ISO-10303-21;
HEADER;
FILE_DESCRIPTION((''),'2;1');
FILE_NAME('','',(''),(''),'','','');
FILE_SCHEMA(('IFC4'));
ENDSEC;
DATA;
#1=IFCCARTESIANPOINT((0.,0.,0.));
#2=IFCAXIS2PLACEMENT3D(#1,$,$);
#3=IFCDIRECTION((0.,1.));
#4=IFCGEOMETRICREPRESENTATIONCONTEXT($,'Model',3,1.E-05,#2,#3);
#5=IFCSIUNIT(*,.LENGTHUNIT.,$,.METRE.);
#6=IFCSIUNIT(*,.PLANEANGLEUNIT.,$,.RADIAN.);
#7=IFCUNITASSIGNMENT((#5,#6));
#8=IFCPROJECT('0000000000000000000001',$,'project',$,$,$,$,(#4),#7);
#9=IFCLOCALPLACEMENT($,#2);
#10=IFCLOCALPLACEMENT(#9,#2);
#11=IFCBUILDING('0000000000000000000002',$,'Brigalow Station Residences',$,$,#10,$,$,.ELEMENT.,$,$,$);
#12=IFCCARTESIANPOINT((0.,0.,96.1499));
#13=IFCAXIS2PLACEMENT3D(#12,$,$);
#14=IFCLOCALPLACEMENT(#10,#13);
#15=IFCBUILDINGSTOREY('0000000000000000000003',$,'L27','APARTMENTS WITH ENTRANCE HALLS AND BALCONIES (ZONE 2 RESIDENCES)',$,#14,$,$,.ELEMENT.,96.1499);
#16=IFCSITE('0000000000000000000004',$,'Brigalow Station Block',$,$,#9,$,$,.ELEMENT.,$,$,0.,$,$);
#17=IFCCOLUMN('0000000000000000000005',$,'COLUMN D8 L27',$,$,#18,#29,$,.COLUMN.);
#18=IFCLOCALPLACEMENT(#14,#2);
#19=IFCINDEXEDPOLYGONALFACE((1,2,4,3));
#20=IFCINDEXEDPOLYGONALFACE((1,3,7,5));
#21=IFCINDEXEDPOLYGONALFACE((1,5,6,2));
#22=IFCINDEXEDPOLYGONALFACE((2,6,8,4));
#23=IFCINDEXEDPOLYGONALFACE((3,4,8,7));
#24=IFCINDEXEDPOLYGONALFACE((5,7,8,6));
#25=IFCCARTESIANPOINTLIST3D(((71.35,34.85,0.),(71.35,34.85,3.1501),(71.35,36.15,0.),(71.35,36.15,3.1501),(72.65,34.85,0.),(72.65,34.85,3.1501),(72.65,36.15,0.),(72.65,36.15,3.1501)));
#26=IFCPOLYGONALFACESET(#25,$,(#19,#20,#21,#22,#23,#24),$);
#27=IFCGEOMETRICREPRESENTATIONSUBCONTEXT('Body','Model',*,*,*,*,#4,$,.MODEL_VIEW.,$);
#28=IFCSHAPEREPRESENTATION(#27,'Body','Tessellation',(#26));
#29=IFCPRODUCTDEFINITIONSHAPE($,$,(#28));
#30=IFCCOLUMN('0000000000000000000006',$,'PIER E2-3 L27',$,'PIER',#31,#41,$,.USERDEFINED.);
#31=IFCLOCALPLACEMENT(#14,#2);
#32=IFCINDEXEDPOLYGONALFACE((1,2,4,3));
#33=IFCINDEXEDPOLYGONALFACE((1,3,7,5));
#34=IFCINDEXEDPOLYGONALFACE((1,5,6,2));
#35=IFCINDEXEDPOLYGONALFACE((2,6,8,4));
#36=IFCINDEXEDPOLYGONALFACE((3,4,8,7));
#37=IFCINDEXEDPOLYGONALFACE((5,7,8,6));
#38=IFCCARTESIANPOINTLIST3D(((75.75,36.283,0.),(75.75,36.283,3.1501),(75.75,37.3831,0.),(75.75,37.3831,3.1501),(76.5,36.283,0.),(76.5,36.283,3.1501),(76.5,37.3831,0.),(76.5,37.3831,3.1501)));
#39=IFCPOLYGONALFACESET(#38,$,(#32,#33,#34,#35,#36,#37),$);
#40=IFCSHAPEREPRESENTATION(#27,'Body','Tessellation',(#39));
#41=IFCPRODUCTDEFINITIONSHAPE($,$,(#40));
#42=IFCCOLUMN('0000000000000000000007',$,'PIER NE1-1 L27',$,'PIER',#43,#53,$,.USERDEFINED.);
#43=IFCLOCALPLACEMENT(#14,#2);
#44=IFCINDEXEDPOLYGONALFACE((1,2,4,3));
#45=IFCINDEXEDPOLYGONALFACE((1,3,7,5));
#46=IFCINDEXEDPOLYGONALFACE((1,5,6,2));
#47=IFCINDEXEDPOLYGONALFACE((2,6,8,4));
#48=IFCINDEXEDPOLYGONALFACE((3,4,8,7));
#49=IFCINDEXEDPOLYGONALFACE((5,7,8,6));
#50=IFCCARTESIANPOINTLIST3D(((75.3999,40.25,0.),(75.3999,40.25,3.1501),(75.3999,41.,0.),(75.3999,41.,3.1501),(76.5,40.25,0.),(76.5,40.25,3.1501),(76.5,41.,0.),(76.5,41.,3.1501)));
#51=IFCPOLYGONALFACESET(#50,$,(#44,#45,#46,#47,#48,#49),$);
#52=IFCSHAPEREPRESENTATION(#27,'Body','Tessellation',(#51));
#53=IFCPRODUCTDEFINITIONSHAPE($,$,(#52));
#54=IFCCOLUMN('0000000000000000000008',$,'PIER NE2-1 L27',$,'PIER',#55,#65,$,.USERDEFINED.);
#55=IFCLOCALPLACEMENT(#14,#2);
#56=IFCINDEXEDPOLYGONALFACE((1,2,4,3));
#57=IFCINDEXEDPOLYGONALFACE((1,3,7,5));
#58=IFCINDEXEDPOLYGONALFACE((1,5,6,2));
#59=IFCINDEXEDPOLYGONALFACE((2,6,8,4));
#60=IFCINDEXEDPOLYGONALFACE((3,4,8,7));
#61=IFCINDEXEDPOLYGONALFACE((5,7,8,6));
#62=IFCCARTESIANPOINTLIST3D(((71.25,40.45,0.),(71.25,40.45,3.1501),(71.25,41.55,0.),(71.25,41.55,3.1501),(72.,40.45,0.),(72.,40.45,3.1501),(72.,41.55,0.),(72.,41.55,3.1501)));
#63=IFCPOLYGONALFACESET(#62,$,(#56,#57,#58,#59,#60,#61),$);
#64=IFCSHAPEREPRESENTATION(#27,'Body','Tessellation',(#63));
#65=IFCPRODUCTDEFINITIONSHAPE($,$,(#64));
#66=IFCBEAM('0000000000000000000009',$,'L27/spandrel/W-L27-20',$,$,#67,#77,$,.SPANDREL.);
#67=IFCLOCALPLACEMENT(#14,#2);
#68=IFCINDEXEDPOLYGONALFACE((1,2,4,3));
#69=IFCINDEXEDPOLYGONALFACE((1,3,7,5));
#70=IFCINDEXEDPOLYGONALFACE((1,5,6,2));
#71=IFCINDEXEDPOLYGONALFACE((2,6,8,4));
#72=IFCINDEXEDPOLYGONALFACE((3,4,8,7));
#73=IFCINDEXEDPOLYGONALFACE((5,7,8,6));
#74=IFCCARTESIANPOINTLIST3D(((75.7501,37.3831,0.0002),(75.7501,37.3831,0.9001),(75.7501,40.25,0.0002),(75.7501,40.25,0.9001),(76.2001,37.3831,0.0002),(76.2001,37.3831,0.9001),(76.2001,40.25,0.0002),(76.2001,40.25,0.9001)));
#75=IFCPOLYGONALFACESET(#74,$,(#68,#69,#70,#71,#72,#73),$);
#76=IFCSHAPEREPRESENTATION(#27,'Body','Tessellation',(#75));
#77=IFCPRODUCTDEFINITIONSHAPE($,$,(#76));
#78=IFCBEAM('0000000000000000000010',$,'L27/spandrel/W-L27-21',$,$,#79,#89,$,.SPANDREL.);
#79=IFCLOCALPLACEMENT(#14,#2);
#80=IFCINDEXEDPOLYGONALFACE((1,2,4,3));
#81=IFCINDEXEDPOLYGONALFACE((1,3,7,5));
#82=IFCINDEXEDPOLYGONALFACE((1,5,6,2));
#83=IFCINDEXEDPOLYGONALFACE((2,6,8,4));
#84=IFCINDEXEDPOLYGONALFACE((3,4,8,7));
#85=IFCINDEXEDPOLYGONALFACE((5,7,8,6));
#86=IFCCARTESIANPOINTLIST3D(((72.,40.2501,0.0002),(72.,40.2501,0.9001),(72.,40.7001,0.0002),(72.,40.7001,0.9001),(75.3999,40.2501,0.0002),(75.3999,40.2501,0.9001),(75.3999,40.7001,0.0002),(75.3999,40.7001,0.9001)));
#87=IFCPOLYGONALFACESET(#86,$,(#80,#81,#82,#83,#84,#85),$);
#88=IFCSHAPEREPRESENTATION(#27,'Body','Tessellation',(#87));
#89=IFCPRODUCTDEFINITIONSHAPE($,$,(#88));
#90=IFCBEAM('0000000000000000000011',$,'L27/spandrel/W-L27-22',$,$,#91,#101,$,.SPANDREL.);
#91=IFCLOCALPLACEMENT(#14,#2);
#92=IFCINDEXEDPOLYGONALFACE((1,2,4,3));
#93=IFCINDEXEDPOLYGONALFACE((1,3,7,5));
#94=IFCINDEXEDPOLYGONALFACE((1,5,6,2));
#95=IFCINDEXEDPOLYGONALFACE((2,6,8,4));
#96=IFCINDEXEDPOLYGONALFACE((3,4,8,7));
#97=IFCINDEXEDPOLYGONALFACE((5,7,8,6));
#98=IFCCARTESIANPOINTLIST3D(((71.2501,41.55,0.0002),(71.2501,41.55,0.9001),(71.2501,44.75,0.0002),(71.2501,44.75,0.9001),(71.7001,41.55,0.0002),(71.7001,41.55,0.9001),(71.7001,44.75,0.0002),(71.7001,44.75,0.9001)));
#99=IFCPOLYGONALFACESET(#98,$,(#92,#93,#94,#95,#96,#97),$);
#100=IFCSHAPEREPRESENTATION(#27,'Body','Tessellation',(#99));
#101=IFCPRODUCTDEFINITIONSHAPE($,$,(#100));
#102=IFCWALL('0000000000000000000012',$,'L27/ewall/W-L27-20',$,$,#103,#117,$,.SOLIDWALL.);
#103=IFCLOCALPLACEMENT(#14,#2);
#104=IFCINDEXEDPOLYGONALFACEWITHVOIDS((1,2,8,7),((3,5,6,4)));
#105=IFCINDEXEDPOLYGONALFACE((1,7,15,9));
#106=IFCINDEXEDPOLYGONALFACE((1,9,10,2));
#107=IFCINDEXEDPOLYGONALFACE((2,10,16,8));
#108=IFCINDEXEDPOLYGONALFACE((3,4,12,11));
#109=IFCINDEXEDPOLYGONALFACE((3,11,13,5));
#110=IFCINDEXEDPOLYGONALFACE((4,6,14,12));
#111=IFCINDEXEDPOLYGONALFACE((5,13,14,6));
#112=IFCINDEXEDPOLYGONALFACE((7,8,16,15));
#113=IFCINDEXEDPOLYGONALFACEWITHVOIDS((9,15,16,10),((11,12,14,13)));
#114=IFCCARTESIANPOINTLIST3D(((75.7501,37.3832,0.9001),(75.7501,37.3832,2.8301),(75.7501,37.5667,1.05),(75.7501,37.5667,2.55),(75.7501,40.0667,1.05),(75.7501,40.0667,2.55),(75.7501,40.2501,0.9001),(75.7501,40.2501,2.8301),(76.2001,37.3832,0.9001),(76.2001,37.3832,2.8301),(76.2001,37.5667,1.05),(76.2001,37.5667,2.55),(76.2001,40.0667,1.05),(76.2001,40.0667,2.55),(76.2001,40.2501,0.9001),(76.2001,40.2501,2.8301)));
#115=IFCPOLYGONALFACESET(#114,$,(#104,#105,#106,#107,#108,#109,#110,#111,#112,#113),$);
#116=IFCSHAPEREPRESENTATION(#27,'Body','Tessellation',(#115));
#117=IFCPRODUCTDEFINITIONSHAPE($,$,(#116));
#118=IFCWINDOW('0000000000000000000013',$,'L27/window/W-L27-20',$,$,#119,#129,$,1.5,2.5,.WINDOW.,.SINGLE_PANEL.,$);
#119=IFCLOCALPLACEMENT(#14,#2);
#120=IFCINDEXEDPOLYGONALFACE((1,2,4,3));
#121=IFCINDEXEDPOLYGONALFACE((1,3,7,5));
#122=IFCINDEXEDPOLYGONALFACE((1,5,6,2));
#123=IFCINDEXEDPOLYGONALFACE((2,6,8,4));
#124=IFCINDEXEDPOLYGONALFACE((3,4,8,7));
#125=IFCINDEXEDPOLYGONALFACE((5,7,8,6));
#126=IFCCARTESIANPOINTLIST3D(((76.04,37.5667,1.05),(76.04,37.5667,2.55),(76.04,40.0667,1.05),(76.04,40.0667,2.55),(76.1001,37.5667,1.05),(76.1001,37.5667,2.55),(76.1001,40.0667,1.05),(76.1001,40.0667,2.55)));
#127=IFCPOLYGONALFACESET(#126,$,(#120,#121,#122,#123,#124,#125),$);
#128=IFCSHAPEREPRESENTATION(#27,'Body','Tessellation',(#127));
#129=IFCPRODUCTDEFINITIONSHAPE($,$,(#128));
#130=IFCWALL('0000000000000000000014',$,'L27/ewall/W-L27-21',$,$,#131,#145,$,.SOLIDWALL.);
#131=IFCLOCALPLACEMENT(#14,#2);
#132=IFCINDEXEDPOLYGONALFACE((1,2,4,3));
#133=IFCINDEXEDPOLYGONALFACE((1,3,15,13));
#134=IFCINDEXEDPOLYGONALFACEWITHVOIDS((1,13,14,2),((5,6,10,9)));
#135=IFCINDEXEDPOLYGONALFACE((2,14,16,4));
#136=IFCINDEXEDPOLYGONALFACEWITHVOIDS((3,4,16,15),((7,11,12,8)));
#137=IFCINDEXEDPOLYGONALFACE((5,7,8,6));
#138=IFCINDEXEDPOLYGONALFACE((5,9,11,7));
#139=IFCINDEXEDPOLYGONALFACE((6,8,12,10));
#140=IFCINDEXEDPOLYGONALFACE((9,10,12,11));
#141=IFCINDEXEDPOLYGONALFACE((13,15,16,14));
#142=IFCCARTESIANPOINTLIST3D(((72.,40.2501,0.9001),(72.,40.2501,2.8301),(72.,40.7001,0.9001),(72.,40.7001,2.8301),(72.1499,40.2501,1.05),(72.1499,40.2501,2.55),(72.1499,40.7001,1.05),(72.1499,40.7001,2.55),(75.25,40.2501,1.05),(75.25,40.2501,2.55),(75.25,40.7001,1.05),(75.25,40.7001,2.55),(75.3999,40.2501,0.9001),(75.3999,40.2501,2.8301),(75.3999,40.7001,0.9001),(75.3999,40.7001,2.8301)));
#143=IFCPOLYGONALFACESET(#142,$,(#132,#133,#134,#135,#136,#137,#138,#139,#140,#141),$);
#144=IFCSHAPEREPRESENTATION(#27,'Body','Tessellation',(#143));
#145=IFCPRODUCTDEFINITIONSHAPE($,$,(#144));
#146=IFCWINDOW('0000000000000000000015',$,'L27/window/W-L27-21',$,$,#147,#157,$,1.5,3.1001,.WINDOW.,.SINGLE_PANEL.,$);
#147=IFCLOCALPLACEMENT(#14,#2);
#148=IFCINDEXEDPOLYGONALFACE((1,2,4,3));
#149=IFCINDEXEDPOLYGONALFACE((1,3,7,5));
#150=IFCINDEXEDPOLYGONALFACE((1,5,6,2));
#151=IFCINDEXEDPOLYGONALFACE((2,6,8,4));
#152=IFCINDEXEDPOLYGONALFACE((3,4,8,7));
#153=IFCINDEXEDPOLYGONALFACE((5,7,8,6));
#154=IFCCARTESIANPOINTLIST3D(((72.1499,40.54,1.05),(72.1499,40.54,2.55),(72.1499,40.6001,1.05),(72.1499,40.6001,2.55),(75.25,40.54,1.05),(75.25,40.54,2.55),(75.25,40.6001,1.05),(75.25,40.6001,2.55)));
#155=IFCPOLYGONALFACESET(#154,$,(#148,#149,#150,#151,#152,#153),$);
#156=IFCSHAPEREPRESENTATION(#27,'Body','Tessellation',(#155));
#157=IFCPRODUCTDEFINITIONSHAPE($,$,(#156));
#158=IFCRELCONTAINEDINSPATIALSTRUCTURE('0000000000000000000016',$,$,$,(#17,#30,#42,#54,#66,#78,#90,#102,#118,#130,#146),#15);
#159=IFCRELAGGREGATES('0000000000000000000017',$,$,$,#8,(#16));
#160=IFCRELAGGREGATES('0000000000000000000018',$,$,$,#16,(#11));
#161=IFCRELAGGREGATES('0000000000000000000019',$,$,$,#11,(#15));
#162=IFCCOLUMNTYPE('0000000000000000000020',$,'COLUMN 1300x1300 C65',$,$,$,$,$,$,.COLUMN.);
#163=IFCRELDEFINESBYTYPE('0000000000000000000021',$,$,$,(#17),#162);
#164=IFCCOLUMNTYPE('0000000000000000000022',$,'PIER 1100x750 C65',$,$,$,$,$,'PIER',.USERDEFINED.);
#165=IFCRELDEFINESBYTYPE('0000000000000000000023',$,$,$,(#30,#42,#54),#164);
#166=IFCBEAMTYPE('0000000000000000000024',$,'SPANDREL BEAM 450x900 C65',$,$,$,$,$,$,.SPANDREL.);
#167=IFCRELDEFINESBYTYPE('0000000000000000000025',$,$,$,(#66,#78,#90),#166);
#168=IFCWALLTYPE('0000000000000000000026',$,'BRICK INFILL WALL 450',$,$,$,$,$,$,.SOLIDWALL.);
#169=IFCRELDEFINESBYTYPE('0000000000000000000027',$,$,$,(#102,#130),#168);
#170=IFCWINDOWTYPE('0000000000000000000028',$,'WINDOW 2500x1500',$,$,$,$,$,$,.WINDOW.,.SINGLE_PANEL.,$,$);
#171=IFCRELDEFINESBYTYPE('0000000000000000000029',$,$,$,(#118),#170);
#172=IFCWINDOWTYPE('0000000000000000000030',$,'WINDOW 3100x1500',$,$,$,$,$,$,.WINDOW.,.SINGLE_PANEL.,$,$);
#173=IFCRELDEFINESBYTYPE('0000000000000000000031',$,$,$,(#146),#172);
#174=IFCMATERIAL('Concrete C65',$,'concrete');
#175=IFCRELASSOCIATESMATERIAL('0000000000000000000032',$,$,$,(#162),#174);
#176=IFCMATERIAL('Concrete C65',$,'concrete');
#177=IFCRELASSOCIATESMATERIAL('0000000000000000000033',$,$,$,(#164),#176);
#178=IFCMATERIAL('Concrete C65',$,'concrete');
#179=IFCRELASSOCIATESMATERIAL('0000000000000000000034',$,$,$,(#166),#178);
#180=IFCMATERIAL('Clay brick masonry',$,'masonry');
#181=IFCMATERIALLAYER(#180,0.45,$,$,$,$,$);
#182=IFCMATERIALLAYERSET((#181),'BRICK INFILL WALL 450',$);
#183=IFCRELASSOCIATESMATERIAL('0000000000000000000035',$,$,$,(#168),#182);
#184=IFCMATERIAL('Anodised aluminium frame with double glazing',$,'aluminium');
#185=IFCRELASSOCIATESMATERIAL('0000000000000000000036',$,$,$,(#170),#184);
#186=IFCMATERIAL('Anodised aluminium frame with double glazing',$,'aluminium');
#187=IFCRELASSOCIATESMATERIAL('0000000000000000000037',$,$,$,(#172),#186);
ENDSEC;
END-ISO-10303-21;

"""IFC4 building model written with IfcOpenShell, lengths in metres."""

from ifc_helpers import new_model, si_unit, direction, frame, frame_2d, origin, origin_2d, place, context, subcontext, project, spatial, rectangle, extrude, material, layer, layer_set, material_profile, profile_set, type_object, element, fill, save


model = new_model("IFC4")

# Units and contexts
model_context = context("Model", 3, precision=1e-05, world=origin(), true_north=direction((0.0, 1.0)))
body_context = subcontext(model_context, "Body", "Model", "MODEL_VIEW")
ifc_project = project(units=[si_unit("LENGTHUNIT", "METRE"), si_unit("PLANEANGLEUNIT", "RADIAN")], contexts=[model_context])

# Site, building, storey
site_placement = place(None, origin())
site = spatial("IfcSite", under=ifc_project, at=site_placement, Name="Brigalow Station Block", CompositionType="ELEMENT", RefElevation=0.0)
building_placement = place(site_placement, origin())
building = spatial("IfcBuilding", under=site, at=building_placement, Name="Brigalow Station Residences", CompositionType="ELEMENT")
storey_placement = place(building_placement, frame((0.0, 0.0, 96.1499)))
storey = spatial("IfcBuildingStorey", under=building, at=storey_placement, Name="L27", Description="APARTMENTS WITH ENTRANCE HALLS AND BALCONIES (ZONE 2 RESIDENCES)", CompositionType="ELEMENT", Elevation=96.1499)

# Columns
ifc_material_1 = material(Name="Concrete C65", Category="concrete")
ifc_material_profile_1 = material_profile(ifc_material_1, rectangle(XDim=1.3, YDim=1.3, at=origin_2d()), Name="RC1300x1300")
ifc_profile_set_1 = profile_set([ifc_material_profile_1], Name="Concrete C65")
column_type_1 = type_object("IfcColumnType", Name="COLUMN 1300x1300 C65", PredefinedType="COLUMN", material=ifc_profile_set_1)
column_placement = place(storey_placement, frame((72.0, 35.5, 0.0), z_axis=(0.0, 0.0, 1.0), x_axis=(1.0, 0.0, 0.0)))
element("IfcColumn", 1, at=column_placement, inside=storey, type_object=column_type_1, Name="COLUMN D8 L27", PredefinedType="COLUMN", context=body_context, shape_type="SweptSolid", body=[
    extrude(rectangle(XDim=1.3, YDim=1.3, at=origin_2d()), origin(), (0.0, 0.0, 1.0), 3.1501),
])
ifc_material_2 = material(Name="Concrete C65", Category="concrete")
ifc_material_profile_2 = material_profile(ifc_material_2, rectangle(XDim=1.1001, YDim=0.75, at=origin_2d()), Name="RC1100x750")
ifc_profile_set_2 = profile_set([ifc_material_profile_2], Name="Concrete C65")
column_type_2 = type_object("IfcColumnType", Name="PIER 1100x750 C65", ElementType="PIER", PredefinedType="USERDEFINED", material=ifc_profile_set_2)
for number, where, z_axis, x_axis, name in (
    (2, (76.125, 36.833, 0.0), (0.0, 0.0, 1.0), (0.0, 1.0, 0.0), "PIER E2-3 L27"),
    (3, (75.95, 40.625, 0.0), (0.0, 0.0, 1.0), (-1.0, 0.0, 0.0), "PIER NE1-1 L27"),
    (4, (71.625, 41.0, 0.0), (0.0, 0.0, 1.0), (0.0, 1.0, 0.0), "PIER NE2-1 L27"),
):
    element("IfcColumn", number, at=place(storey_placement, frame(where, z_axis=z_axis, x_axis=x_axis)), inside=storey, type_object=column_type_2, Name=name, ObjectType="PIER", PredefinedType="USERDEFINED", context=body_context, shape_type="SweptSolid", body=[
        extrude(rectangle(XDim=1.1001, YDim=0.75, at=origin_2d()), origin(), (0.0, 0.0, 1.0), 3.1501),
    ])

# Beams
ifc_material_3 = material(Name="Concrete C65", Category="concrete")
ifc_material_profile_3 = material_profile(ifc_material_3, rectangle(XDim=0.45, YDim=0.8999, at=origin_2d()), Name="RC450x900")
ifc_profile_set_3 = profile_set([ifc_material_profile_3], Name="Concrete C65")
beam_type = type_object("IfcBeamType", Name="SPANDREL BEAM 450x900 C65", PredefinedType="SPANDREL", material=ifc_profile_set_3)
beam_1_placement = place(storey_placement, frame((75.9751, 37.3831, 0.4502), z_axis=(0.0, 1.0, 0.0), x_axis=(-1.0, 0.0, 0.0)))
element("IfcBeam", 5, at=beam_1_placement, inside=storey, type_object=beam_type, Name="L27/spandrel/W-L27-20", PredefinedType="SPANDREL", context=body_context, shape_type="SweptSolid", body=[
    extrude(rectangle(XDim=0.45, YDim=0.8999, at=origin_2d()), origin(), (0.0, 0.0, 1.0), 2.8669),
])
beam_2_placement = place(storey_placement, frame((75.3999, 40.4751, 0.4502), z_axis=(-1.0, 0.0, 0.0), x_axis=(0.0, -1.0, 0.0)))
element("IfcBeam", 6, at=beam_2_placement, inside=storey, type_object=beam_type, Name="L27/spandrel/W-L27-21", PredefinedType="SPANDREL", context=body_context, shape_type="SweptSolid", body=[
    extrude(rectangle(XDim=0.45, YDim=0.8999, at=origin_2d()), origin(), (0.0, 0.0, 1.0), 3.3999),
])
beam_3_placement = place(storey_placement, frame((71.4751, 41.55, 0.4502), z_axis=(0.0, 1.0, 0.0), x_axis=(-1.0, 0.0, 0.0)))
element("IfcBeam", 7, at=beam_3_placement, inside=storey, type_object=beam_type, Name="L27/spandrel/W-L27-22", PredefinedType="SPANDREL", context=body_context, shape_type="SweptSolid", body=[
    extrude(rectangle(XDim=0.45, YDim=0.8999, at=origin_2d()), origin(), (0.0, 0.0, 1.0), 3.2),
])

# Walls, openings, windows
ifc_material_4 = material(Name="Clay brick masonry", Category="masonry")
ifc_layer_1 = layer(ifc_material_4, 0.45)
ifc_layer_set_1 = layer_set([ifc_layer_1], Name="BRICK INFILL WALL 450")
wall_type_1 = type_object("IfcWallType", Name="BRICK INFILL WALL 450", PredefinedType="SOLIDWALL", material=ifc_layer_set_1)
wall_1_placement = place(storey_placement, frame((75.9751, 37.3831, 0.9001), z_axis=(0.0, 0.0, 1.0), x_axis=(0.0, 1.0, 0.0)))
wall_1 = element("IfcWall", 8, at=wall_1_placement, inside=storey, type_object=wall_type_1, Name="L27/ewall/W-L27-20", PredefinedType="SOLIDWALL", context=body_context, shape_type="SweptSolid", body=[
    extrude(rectangle(XDim=2.8669, YDim=0.45, at=frame_2d((1.4336, 0.0))), origin(), (0.0, 0.0, 1.0), 1.9299),
])
opening_1_placement = place(wall_1_placement, frame((0.1836, 0.0, 0.1499)))
opening_1 = element("IfcOpeningElement", 9, at=opening_1_placement, cuts=wall_1, PredefinedType="OPENING", context=body_context, shape_type="SweptSolid", body=[
    extrude(rectangle(XDim=2.5, YDim=1.5, at=frame_2d((1.25, 0.75))), frame((0.0, 0.2349, 0.0), z_axis=(0.0, -1.0, 0.0), x_axis=(1.0, 0.0, 0.0)), (0.0, 0.0, 1.0), 0.47),
])
ifc_material_5 = material(Name="Anodised aluminium frame with double glazing", Category="aluminium")
window_type_1 = type_object("IfcWindowType", Name="WINDOW 2500x1500", PartitioningType="SINGLE_PANEL", PredefinedType="WINDOW", material=ifc_material_5)
window_1_placement = place(opening_1_placement, origin())
window_1 = element("IfcWindow", 10, at=window_1_placement, inside=storey, type_object=window_type_1, Name="L27/window/W-L27-20", OverallHeight=1.5, OverallWidth=2.5, PartitioningType="SINGLE_PANEL", PredefinedType="WINDOW", context=body_context, shape_type="SweptSolid", body=[
    extrude(rectangle(XDim=2.5, YDim=1.5, at=frame_2d((1.25, 0.75))), frame((0.0, -0.0649, 0.0), z_axis=(0.0, -1.0, 0.0), x_axis=(1.0, 0.0, 0.0)), (0.0, 0.0, 1.0), 0.0601),
])
fill(opening_1, window_1)
wall_2_placement = place(storey_placement, frame((75.3999, 40.4751, 0.9001), z_axis=(0.0, 0.0, 1.0), x_axis=(-1.0, 0.0, 0.0)))
wall_2 = element("IfcWall", 11, at=wall_2_placement, inside=storey, type_object=wall_type_1, Name="L27/ewall/W-L27-21", PredefinedType="SOLIDWALL", context=body_context, shape_type="SweptSolid", body=[
    extrude(rectangle(XDim=3.3999, YDim=0.45, at=frame_2d((1.7, 0.0))), origin(), (0.0, 0.0, 1.0), 1.9299),
])
opening_2_placement = place(wall_2_placement, frame((0.1499, 0.0, 0.1499)))
opening_2 = element("IfcOpeningElement", 12, at=opening_2_placement, cuts=wall_2, PredefinedType="OPENING", context=body_context, shape_type="SweptSolid", body=[
    extrude(rectangle(XDim=3.1001, YDim=1.5, at=frame_2d((1.55, 0.75))), frame((0.0, 0.2349, 0.0), z_axis=(0.0, -1.0, 0.0), x_axis=(1.0, 0.0, 0.0)), (0.0, 0.0, 1.0), 0.47),
])
ifc_material_6 = material(Name="Anodised aluminium frame with double glazing", Category="aluminium")
window_type_2 = type_object("IfcWindowType", Name="WINDOW 3100x1500", PartitioningType="SINGLE_PANEL", PredefinedType="WINDOW", material=ifc_material_6)
window_2_placement = place(opening_2_placement, origin())
window_2 = element("IfcWindow", 13, at=window_2_placement, inside=storey, type_object=window_type_2, Name="L27/window/W-L27-21", OverallHeight=1.5, OverallWidth=3.1001, PartitioningType="SINGLE_PANEL", PredefinedType="WINDOW", context=body_context, shape_type="SweptSolid", body=[
    extrude(rectangle(XDim=3.1001, YDim=1.5, at=frame_2d((1.55, 0.75))), frame((0.0, -0.0649, 0.0), z_axis=(0.0, -1.0, 0.0), x_axis=(1.0, 0.0, 0.0)), (0.0, 0.0, 1.0), 0.0601),
])
fill(opening_2, window_2)

save(model, "model.ifc")
